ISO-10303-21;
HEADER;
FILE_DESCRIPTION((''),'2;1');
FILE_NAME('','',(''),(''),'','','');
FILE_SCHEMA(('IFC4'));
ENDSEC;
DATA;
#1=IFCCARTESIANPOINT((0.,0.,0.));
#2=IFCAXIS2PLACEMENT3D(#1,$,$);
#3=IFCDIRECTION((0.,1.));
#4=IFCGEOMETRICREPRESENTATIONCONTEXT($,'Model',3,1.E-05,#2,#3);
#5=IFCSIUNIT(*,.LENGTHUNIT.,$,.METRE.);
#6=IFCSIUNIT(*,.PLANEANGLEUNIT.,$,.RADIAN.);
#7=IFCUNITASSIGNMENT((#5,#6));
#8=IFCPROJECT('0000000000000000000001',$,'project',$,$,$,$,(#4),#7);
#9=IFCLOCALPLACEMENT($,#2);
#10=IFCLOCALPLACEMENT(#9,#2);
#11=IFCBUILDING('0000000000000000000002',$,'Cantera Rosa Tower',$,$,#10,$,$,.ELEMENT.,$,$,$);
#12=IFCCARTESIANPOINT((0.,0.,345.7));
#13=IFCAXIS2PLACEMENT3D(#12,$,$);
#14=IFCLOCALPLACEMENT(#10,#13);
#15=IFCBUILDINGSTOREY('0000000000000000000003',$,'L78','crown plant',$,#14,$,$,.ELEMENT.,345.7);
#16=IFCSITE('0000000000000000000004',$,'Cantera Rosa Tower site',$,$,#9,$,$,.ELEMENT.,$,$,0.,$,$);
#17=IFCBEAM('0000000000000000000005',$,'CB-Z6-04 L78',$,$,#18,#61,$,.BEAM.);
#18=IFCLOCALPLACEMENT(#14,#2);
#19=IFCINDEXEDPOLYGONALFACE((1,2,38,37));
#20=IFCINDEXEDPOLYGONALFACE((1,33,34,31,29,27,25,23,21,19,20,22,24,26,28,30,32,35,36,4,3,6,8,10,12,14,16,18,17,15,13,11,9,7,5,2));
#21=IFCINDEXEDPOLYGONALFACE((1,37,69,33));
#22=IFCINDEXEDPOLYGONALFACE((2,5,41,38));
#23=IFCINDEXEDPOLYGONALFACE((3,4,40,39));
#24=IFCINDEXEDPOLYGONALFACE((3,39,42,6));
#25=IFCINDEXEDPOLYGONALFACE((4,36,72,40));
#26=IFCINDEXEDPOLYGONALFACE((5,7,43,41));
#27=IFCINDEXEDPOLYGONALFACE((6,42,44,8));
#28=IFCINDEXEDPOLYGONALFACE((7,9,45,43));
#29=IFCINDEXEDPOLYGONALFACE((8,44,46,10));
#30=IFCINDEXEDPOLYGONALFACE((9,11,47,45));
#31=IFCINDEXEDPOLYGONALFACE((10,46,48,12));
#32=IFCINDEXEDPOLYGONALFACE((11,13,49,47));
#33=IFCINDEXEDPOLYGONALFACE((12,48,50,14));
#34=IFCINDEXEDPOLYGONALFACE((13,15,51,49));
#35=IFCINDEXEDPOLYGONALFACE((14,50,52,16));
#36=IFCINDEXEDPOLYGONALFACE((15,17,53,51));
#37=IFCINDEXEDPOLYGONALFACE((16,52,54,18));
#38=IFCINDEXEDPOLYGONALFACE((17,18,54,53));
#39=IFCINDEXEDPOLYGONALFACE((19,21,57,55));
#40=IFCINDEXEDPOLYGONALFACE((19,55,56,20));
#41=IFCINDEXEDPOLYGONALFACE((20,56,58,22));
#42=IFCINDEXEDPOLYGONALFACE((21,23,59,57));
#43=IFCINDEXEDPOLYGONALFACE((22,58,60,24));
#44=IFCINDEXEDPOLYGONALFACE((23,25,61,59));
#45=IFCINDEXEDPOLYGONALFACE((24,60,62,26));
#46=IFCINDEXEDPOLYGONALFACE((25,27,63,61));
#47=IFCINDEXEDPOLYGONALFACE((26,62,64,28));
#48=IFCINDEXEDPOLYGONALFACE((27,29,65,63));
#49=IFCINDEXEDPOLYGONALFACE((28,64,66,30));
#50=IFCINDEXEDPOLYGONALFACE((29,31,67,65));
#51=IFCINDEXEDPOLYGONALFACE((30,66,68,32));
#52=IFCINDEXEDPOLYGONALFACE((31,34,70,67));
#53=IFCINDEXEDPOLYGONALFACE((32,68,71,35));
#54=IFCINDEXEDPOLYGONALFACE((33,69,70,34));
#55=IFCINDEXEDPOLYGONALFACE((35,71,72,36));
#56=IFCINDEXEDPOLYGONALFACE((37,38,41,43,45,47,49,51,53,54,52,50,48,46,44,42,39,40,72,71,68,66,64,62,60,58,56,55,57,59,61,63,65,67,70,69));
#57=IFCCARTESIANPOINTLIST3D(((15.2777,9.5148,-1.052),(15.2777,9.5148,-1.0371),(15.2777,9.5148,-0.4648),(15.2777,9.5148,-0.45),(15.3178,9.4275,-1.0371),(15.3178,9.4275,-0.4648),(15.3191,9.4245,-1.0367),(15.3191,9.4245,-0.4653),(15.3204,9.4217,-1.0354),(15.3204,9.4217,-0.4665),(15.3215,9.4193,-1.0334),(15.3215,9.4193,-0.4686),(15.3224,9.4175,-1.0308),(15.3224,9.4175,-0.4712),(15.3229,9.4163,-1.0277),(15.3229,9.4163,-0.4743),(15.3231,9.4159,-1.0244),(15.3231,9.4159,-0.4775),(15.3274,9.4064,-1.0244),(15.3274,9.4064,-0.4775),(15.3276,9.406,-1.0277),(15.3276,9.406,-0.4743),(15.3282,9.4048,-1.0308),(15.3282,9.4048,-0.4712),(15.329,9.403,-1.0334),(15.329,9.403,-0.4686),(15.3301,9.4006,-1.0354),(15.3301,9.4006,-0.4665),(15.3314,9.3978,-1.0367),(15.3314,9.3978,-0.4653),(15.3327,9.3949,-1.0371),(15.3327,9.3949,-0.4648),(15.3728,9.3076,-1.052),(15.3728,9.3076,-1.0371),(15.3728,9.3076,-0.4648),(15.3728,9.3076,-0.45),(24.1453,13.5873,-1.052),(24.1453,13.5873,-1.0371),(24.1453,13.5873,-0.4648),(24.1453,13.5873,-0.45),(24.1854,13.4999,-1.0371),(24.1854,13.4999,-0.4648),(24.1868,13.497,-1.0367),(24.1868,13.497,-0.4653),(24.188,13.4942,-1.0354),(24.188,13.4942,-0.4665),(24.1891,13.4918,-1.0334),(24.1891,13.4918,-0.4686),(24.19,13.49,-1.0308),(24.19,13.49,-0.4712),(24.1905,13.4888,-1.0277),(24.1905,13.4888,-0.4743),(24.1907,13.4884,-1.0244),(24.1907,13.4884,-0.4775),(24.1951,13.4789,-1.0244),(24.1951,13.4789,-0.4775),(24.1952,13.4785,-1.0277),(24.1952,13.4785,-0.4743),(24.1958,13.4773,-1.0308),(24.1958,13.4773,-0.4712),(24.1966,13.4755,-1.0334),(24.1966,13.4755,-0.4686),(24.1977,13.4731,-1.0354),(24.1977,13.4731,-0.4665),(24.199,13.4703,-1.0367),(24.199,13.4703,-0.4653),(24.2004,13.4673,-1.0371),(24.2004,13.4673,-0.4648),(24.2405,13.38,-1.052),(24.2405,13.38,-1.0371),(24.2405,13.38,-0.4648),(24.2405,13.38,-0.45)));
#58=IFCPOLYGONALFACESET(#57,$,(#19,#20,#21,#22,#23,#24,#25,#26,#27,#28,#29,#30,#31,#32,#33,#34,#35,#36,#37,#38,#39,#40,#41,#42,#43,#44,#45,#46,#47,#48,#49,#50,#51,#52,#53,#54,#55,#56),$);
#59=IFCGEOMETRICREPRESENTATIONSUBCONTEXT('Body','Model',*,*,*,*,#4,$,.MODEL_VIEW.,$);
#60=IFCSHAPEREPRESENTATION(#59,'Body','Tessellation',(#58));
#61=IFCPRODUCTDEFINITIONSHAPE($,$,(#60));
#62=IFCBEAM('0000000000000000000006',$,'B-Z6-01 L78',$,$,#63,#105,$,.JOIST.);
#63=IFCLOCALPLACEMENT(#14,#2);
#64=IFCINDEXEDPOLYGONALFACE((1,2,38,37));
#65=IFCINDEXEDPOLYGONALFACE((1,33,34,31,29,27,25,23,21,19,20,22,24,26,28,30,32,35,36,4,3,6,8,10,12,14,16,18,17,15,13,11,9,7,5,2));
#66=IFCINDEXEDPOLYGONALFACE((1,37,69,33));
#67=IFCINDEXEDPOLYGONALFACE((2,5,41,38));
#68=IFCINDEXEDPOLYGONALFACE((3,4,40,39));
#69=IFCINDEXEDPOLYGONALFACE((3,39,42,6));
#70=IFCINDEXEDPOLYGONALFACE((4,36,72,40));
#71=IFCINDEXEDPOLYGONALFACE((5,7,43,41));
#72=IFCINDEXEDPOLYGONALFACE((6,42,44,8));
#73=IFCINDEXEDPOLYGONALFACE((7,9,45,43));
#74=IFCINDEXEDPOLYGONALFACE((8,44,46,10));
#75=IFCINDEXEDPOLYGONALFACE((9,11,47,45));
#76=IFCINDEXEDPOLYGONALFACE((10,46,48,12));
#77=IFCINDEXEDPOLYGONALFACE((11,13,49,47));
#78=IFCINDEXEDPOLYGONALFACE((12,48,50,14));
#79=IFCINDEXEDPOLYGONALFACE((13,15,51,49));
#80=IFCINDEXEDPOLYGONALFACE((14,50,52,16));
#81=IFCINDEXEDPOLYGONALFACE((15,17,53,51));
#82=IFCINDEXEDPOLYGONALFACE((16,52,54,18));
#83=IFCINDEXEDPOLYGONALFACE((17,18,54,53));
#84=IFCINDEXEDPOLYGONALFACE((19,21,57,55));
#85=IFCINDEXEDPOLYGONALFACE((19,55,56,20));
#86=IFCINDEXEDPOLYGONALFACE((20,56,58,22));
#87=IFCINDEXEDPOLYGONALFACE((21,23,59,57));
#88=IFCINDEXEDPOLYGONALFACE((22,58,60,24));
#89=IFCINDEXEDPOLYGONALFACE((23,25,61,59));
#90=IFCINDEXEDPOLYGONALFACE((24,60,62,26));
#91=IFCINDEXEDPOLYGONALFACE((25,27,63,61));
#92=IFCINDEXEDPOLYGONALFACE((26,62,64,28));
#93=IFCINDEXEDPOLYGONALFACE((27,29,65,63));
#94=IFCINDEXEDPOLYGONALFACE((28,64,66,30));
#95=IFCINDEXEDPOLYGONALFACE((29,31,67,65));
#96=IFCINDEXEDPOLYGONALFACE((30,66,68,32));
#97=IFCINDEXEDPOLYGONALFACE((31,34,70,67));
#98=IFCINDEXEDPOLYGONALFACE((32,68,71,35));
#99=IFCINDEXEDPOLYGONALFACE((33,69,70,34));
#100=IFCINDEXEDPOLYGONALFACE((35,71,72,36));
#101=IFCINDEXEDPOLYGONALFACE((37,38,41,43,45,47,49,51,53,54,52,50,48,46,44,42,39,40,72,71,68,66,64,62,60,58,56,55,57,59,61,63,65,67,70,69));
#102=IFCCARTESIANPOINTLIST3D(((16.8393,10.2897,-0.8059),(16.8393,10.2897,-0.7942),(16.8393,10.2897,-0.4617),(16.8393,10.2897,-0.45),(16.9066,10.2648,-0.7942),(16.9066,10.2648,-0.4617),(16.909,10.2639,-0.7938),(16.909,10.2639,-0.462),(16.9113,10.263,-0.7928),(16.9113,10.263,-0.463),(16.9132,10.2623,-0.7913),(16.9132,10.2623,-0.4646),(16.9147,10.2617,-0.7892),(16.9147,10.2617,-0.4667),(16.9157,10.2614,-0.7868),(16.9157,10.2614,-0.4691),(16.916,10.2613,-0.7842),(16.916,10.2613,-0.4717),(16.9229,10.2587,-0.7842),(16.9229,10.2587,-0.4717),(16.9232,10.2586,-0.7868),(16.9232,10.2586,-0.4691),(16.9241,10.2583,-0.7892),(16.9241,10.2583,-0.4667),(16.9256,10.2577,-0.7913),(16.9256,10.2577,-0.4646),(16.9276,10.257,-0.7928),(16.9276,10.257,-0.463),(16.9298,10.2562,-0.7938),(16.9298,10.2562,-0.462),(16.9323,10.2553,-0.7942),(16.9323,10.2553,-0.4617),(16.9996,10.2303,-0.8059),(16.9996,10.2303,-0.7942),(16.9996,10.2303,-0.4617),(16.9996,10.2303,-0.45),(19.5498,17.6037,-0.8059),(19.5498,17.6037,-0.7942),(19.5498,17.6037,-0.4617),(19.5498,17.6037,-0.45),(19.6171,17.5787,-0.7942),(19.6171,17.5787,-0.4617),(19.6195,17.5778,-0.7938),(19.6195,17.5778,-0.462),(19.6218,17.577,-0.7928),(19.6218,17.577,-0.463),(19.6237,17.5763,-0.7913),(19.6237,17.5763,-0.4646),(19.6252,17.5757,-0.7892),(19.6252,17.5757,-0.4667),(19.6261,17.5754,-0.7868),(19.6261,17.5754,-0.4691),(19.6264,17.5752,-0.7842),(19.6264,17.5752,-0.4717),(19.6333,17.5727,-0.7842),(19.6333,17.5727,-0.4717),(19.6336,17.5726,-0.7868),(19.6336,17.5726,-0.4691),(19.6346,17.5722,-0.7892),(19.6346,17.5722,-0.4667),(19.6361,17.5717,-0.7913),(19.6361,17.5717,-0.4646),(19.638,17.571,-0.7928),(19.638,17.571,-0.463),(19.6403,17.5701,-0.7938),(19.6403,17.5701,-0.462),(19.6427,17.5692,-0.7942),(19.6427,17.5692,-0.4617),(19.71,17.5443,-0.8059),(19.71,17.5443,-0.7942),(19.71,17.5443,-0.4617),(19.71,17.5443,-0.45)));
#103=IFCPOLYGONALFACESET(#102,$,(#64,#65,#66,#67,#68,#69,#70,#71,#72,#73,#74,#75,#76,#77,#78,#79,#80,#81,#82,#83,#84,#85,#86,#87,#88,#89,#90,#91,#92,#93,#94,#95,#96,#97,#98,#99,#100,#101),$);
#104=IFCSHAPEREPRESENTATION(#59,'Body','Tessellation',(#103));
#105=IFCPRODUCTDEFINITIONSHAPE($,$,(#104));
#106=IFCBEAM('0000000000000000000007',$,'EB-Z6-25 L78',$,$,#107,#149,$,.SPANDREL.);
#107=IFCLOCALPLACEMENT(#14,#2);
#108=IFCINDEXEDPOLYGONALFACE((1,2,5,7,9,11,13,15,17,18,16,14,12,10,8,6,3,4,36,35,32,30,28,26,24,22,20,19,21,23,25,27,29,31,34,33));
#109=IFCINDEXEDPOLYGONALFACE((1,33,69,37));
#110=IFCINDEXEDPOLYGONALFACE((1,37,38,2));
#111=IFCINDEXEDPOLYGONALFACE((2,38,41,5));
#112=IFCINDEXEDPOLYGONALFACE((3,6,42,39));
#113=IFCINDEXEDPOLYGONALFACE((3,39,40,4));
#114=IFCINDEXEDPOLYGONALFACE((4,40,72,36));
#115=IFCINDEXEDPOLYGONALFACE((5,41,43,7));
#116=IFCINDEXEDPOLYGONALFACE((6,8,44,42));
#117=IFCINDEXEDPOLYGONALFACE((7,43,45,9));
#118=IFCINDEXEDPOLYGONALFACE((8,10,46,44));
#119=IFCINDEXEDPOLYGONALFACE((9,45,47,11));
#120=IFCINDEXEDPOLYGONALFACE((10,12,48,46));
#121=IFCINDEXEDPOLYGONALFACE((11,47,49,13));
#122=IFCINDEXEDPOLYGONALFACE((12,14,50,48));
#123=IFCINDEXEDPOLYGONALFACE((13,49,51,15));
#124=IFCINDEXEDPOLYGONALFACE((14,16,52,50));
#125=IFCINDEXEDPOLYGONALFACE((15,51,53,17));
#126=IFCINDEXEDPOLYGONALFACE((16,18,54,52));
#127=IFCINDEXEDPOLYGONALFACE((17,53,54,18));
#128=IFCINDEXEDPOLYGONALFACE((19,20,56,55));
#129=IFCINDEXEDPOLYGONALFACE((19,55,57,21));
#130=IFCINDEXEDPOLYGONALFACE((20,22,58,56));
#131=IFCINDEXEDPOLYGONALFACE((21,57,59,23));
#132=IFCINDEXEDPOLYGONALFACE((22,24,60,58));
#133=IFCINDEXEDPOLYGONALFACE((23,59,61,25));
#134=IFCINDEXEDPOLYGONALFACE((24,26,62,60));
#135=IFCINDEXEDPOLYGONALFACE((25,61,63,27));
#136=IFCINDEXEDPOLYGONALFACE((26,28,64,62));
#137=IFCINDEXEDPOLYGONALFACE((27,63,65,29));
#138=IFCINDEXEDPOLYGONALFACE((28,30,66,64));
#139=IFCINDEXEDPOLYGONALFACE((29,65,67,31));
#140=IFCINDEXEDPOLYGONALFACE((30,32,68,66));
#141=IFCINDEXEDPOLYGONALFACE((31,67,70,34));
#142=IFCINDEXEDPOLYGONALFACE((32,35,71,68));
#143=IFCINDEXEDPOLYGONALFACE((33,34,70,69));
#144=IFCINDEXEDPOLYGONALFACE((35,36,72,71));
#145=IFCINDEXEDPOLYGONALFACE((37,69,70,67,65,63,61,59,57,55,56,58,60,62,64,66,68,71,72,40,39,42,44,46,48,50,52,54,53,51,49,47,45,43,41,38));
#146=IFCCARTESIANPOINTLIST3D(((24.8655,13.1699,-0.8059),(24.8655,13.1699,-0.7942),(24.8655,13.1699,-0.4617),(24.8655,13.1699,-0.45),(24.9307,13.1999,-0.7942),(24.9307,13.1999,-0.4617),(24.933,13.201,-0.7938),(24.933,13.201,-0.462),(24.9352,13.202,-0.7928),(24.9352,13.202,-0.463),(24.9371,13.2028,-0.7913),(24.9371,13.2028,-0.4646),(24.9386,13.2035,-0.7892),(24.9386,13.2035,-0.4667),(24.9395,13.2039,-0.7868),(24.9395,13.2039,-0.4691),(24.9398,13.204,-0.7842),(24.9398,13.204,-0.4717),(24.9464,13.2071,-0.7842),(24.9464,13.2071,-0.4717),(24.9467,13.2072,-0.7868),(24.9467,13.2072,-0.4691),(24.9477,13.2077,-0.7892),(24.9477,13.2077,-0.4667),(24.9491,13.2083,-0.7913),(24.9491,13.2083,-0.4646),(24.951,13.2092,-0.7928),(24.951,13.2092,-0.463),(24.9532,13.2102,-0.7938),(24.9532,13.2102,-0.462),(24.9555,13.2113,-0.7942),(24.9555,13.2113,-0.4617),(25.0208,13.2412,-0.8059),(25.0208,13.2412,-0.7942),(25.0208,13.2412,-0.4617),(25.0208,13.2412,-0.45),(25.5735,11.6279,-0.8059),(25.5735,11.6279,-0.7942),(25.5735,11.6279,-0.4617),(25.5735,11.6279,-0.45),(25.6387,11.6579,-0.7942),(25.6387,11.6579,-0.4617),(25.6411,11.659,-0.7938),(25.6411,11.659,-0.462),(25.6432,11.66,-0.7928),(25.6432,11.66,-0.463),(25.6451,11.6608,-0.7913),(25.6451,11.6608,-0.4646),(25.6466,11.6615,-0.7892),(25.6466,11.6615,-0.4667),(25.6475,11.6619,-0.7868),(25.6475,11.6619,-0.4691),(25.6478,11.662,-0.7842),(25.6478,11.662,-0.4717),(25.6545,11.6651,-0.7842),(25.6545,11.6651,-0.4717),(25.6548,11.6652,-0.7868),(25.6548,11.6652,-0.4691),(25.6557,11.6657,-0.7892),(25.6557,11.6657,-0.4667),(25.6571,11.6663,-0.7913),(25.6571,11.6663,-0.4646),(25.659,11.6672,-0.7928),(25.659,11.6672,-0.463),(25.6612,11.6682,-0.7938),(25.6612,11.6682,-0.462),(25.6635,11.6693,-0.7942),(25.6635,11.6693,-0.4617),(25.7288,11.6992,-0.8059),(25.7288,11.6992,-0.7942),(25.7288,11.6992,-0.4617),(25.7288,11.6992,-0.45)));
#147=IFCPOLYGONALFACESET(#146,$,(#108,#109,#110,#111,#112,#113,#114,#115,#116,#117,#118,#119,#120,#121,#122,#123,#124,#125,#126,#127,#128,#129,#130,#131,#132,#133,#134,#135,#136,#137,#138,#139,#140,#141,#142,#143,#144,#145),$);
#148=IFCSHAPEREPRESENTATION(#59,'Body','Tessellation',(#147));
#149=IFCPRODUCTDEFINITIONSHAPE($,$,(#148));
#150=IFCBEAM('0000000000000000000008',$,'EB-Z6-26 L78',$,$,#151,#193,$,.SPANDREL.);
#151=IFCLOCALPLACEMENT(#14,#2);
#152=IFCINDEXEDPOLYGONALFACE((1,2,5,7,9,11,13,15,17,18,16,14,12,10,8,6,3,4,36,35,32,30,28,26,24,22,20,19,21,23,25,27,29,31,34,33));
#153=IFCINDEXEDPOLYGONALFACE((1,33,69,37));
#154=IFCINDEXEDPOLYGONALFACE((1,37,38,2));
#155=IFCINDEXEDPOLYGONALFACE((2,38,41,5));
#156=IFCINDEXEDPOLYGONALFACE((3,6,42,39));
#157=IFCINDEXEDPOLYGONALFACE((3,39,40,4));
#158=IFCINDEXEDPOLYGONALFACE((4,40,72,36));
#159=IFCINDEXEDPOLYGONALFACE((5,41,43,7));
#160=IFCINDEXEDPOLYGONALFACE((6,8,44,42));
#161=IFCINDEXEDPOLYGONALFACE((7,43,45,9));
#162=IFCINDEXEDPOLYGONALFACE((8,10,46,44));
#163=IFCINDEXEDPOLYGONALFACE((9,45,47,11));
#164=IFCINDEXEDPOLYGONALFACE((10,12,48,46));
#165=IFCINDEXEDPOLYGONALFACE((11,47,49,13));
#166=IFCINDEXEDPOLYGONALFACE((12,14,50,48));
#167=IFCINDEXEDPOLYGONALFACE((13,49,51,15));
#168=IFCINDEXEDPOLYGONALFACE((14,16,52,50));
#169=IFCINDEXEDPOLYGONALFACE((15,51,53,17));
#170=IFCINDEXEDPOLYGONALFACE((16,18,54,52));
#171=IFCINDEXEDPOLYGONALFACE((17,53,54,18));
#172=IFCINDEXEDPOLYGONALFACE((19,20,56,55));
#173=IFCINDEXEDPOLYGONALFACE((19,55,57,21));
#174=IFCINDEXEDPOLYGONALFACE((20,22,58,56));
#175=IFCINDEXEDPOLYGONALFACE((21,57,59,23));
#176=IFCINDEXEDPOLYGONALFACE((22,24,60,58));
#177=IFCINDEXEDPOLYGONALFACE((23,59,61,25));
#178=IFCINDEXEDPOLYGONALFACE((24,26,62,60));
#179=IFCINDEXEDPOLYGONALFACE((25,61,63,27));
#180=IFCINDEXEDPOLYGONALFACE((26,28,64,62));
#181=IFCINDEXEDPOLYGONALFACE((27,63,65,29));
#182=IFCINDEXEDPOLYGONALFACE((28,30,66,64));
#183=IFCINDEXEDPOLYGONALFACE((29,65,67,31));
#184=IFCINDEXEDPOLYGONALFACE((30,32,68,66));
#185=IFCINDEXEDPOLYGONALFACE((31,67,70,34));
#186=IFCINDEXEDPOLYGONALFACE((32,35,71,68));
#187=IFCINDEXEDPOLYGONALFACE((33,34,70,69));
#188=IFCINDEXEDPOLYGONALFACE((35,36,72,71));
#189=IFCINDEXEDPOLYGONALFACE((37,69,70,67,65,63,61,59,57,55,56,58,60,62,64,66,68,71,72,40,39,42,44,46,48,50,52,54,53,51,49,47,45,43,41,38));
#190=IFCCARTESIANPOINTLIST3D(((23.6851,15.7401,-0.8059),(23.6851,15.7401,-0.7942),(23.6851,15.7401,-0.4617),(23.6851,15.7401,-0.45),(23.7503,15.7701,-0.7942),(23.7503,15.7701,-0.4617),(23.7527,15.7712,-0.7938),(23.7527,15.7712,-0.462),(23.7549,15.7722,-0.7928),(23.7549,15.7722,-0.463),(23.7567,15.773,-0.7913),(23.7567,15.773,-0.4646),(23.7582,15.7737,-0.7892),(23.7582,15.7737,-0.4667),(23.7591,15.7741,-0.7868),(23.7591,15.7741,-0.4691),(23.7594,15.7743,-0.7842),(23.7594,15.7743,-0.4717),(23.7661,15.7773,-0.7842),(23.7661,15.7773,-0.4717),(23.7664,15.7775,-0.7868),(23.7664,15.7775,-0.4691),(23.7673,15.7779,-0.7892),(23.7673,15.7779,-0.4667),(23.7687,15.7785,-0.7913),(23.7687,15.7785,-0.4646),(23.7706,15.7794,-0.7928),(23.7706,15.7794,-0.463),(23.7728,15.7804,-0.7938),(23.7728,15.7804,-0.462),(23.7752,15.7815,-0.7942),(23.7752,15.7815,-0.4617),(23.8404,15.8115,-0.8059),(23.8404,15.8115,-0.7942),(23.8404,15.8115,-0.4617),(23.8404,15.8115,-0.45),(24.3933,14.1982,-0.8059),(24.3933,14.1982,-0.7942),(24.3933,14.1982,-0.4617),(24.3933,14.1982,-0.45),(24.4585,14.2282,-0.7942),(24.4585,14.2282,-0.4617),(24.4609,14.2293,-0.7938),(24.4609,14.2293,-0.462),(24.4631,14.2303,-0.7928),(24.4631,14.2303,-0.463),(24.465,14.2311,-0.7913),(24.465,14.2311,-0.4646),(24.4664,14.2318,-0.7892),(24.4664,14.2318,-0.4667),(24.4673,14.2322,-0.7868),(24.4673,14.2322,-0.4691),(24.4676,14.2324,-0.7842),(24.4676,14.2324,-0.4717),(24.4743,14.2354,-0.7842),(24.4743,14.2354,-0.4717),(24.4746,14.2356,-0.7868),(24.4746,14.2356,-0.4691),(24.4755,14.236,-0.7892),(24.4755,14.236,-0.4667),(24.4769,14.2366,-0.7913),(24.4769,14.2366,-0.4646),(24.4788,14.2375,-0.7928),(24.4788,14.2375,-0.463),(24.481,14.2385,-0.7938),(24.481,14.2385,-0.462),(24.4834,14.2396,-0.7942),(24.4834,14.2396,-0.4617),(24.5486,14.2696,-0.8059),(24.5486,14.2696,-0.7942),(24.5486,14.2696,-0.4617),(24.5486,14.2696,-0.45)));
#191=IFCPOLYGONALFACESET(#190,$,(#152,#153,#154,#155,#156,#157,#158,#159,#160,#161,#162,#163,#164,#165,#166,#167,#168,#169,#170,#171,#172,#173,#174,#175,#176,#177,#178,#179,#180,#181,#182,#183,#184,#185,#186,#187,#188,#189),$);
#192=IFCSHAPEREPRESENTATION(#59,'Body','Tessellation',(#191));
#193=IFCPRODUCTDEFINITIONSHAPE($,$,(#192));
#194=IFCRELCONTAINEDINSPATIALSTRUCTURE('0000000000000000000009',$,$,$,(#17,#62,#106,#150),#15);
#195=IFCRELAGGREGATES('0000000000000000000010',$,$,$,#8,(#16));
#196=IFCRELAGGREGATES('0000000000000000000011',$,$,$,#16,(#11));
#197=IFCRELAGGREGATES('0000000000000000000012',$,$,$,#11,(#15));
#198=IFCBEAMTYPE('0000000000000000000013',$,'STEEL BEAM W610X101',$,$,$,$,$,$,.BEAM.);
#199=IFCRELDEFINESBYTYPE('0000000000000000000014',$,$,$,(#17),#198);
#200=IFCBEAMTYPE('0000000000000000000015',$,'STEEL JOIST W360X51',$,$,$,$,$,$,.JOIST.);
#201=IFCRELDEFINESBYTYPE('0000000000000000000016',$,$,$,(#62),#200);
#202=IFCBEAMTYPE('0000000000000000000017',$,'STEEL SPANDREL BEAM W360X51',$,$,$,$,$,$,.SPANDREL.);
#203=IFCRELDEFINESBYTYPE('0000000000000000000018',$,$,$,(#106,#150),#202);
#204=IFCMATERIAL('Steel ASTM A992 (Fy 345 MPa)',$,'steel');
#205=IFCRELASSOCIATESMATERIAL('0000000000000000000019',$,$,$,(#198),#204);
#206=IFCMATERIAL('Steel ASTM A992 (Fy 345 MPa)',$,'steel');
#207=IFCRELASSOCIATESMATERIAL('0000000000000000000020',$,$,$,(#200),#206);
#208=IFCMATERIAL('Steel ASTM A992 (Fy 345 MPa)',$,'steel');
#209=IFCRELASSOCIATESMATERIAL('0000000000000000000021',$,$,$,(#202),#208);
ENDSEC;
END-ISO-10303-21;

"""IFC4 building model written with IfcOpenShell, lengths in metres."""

from ifc_helpers import new_model, si_unit, direction, frame, origin, origin_2d, place, context, subcontext, project, spatial, i_section, extrude, material, material_profile, profile_set, type_object, element, save


model = new_model("IFC4")

# Units and contexts
model_context = context("Model", 3, precision=1e-05, world=origin(), true_north=direction((0.0, 1.0)))
body_context = subcontext(model_context, "Body", "Model", "MODEL_VIEW")
ifc_project = project(units=[si_unit("LENGTHUNIT", "METRE"), si_unit("PLANEANGLEUNIT", "RADIAN")], contexts=[model_context])

# Site, building, storey
site_placement = place(None, origin())
site = spatial("IfcSite", under=ifc_project, at=site_placement, Name="Cantera Rosa Tower site", CompositionType="ELEMENT", RefElevation=0.0)
building_placement = place(site_placement, origin())
building = spatial("IfcBuilding", under=site, at=building_placement, Name="Cantera Rosa Tower", CompositionType="ELEMENT")
storey_placement = place(building_placement, frame((0.0, 0.0, 345.7)))
storey = spatial("IfcBuildingStorey", under=building, at=storey_placement, Name="L78", Description="crown plant", CompositionType="ELEMENT", Elevation=345.7)

# Beams
ifc_material_1 = material(Name="Steel ASTM A992 (Fy 345 MPa)", Category="steel")
ifc_material_profile_1 = material_profile(ifc_material_1, i_section(OverallWidth=0.228, OverallDepth=0.6021, WebThickness=0.0105, FlangeThickness=0.0149, FilletRadius=0.0127, at=origin_2d()), Name="W610X101")
ifc_profile_set_1 = profile_set([ifc_material_profile_1], Name="Steel ASTM A992 (Fy 345 MPa)")
beam_type_1 = type_object("IfcBeamType", Name="STEEL BEAM W610X101", PredefinedType="BEAM", material=ifc_profile_set_1)
beam_1_placement = place(storey_placement, frame((24.1929, 13.4836, -0.751), z_axis=(-0.908748, -0.417346, 0.0), x_axis=(0.417346, -0.908748, 0.0)))
element("IfcBeam", 1, at=beam_1_placement, inside=storey, type_object=beam_type_1, Name="CB-Z6-04 L78", PredefinedType="BEAM", context=body_context, shape_type="SweptSolid", body=[
    extrude(i_section(OverallWidth=0.228, OverallDepth=0.6021, WebThickness=0.0105, FlangeThickness=0.0149, FilletRadius=0.0127, at=origin_2d()), origin(), (0.0, 0.0, 1.0), 9.7581),
])
ifc_material_2 = material(Name="Steel ASTM A992 (Fy 345 MPa)", Category="steel")
ifc_material_profile_2 = material_profile(ifc_material_2, i_section(OverallWidth=0.1709, OverallDepth=0.356, WebThickness=0.0073, FlangeThickness=0.0117, FilletRadius=0.01, at=origin_2d()), Name="W360X51")
ifc_profile_set_2 = profile_set([ifc_material_profile_2], Name="Steel ASTM A992 (Fy 345 MPa)")
beam_type_2 = type_object("IfcBeamType", Name="STEEL JOIST W360X51", PredefinedType="JOIST", material=ifc_profile_set_2)
beam_2_placement = place(storey_placement, frame((19.6299, 17.574, -0.6279), z_axis=(-0.347492, -0.937683, 0.0), x_axis=(0.937683, -0.347492, 0.0)))
element("IfcBeam", 2, at=beam_2_placement, inside=storey, type_object=beam_type_2, Name="B-Z6-01 L78", PredefinedType="JOIST", context=body_context, shape_type="SweptSolid", body=[
    extrude(i_section(OverallWidth=0.1709, OverallDepth=0.356, WebThickness=0.0073, FlangeThickness=0.0117, FilletRadius=0.01, at=origin_2d()), origin(), (0.0, 0.0, 1.0), 7.8),
])
ifc_material_3 = material(Name="Steel ASTM A992 (Fy 345 MPa)", Category="steel")
ifc_material_profile_3 = material_profile(ifc_material_3, i_section(OverallWidth=0.1709, OverallDepth=0.356, WebThickness=0.0073, FlangeThickness=0.0117, FilletRadius=0.01, at=origin_2d()), Name="W360X51")
ifc_profile_set_3 = profile_set([ifc_material_profile_3], Name="Steel ASTM A992 (Fy 345 MPa)")
beam_type_3 = type_object("IfcBeamType", Name="STEEL SPANDREL BEAM W360X51", PredefinedType="SPANDREL", material=ifc_profile_set_3)
for number, where, z_axis, x_axis, name in (
    (3, (25.6511, 11.6636, -0.6279), (-0.417269, 0.908783, 0.0), (-0.908783, -0.417269, 0.0), "EB-Z6-25 L78"),
    (4, (24.4709, 14.2339, -0.6279), (-0.417388, 0.908728, 0.0), (-0.908728, -0.417388, 0.0), "EB-Z6-26 L78"),
):
    element("IfcBeam", number, at=place(storey_placement, frame(where, z_axis=z_axis, x_axis=x_axis)), inside=storey, type_object=beam_type_3, Name=name, PredefinedType="SPANDREL", context=body_context, shape_type="SweptSolid", body=[
        extrude(i_section(OverallWidth=0.1709, OverallDepth=0.356, WebThickness=0.0073, FlangeThickness=0.0117, FilletRadius=0.01, at=origin_2d()), origin(), (0.0, 0.0, 1.0), 1.6968),
    ])

save(model, "model.ifc")
